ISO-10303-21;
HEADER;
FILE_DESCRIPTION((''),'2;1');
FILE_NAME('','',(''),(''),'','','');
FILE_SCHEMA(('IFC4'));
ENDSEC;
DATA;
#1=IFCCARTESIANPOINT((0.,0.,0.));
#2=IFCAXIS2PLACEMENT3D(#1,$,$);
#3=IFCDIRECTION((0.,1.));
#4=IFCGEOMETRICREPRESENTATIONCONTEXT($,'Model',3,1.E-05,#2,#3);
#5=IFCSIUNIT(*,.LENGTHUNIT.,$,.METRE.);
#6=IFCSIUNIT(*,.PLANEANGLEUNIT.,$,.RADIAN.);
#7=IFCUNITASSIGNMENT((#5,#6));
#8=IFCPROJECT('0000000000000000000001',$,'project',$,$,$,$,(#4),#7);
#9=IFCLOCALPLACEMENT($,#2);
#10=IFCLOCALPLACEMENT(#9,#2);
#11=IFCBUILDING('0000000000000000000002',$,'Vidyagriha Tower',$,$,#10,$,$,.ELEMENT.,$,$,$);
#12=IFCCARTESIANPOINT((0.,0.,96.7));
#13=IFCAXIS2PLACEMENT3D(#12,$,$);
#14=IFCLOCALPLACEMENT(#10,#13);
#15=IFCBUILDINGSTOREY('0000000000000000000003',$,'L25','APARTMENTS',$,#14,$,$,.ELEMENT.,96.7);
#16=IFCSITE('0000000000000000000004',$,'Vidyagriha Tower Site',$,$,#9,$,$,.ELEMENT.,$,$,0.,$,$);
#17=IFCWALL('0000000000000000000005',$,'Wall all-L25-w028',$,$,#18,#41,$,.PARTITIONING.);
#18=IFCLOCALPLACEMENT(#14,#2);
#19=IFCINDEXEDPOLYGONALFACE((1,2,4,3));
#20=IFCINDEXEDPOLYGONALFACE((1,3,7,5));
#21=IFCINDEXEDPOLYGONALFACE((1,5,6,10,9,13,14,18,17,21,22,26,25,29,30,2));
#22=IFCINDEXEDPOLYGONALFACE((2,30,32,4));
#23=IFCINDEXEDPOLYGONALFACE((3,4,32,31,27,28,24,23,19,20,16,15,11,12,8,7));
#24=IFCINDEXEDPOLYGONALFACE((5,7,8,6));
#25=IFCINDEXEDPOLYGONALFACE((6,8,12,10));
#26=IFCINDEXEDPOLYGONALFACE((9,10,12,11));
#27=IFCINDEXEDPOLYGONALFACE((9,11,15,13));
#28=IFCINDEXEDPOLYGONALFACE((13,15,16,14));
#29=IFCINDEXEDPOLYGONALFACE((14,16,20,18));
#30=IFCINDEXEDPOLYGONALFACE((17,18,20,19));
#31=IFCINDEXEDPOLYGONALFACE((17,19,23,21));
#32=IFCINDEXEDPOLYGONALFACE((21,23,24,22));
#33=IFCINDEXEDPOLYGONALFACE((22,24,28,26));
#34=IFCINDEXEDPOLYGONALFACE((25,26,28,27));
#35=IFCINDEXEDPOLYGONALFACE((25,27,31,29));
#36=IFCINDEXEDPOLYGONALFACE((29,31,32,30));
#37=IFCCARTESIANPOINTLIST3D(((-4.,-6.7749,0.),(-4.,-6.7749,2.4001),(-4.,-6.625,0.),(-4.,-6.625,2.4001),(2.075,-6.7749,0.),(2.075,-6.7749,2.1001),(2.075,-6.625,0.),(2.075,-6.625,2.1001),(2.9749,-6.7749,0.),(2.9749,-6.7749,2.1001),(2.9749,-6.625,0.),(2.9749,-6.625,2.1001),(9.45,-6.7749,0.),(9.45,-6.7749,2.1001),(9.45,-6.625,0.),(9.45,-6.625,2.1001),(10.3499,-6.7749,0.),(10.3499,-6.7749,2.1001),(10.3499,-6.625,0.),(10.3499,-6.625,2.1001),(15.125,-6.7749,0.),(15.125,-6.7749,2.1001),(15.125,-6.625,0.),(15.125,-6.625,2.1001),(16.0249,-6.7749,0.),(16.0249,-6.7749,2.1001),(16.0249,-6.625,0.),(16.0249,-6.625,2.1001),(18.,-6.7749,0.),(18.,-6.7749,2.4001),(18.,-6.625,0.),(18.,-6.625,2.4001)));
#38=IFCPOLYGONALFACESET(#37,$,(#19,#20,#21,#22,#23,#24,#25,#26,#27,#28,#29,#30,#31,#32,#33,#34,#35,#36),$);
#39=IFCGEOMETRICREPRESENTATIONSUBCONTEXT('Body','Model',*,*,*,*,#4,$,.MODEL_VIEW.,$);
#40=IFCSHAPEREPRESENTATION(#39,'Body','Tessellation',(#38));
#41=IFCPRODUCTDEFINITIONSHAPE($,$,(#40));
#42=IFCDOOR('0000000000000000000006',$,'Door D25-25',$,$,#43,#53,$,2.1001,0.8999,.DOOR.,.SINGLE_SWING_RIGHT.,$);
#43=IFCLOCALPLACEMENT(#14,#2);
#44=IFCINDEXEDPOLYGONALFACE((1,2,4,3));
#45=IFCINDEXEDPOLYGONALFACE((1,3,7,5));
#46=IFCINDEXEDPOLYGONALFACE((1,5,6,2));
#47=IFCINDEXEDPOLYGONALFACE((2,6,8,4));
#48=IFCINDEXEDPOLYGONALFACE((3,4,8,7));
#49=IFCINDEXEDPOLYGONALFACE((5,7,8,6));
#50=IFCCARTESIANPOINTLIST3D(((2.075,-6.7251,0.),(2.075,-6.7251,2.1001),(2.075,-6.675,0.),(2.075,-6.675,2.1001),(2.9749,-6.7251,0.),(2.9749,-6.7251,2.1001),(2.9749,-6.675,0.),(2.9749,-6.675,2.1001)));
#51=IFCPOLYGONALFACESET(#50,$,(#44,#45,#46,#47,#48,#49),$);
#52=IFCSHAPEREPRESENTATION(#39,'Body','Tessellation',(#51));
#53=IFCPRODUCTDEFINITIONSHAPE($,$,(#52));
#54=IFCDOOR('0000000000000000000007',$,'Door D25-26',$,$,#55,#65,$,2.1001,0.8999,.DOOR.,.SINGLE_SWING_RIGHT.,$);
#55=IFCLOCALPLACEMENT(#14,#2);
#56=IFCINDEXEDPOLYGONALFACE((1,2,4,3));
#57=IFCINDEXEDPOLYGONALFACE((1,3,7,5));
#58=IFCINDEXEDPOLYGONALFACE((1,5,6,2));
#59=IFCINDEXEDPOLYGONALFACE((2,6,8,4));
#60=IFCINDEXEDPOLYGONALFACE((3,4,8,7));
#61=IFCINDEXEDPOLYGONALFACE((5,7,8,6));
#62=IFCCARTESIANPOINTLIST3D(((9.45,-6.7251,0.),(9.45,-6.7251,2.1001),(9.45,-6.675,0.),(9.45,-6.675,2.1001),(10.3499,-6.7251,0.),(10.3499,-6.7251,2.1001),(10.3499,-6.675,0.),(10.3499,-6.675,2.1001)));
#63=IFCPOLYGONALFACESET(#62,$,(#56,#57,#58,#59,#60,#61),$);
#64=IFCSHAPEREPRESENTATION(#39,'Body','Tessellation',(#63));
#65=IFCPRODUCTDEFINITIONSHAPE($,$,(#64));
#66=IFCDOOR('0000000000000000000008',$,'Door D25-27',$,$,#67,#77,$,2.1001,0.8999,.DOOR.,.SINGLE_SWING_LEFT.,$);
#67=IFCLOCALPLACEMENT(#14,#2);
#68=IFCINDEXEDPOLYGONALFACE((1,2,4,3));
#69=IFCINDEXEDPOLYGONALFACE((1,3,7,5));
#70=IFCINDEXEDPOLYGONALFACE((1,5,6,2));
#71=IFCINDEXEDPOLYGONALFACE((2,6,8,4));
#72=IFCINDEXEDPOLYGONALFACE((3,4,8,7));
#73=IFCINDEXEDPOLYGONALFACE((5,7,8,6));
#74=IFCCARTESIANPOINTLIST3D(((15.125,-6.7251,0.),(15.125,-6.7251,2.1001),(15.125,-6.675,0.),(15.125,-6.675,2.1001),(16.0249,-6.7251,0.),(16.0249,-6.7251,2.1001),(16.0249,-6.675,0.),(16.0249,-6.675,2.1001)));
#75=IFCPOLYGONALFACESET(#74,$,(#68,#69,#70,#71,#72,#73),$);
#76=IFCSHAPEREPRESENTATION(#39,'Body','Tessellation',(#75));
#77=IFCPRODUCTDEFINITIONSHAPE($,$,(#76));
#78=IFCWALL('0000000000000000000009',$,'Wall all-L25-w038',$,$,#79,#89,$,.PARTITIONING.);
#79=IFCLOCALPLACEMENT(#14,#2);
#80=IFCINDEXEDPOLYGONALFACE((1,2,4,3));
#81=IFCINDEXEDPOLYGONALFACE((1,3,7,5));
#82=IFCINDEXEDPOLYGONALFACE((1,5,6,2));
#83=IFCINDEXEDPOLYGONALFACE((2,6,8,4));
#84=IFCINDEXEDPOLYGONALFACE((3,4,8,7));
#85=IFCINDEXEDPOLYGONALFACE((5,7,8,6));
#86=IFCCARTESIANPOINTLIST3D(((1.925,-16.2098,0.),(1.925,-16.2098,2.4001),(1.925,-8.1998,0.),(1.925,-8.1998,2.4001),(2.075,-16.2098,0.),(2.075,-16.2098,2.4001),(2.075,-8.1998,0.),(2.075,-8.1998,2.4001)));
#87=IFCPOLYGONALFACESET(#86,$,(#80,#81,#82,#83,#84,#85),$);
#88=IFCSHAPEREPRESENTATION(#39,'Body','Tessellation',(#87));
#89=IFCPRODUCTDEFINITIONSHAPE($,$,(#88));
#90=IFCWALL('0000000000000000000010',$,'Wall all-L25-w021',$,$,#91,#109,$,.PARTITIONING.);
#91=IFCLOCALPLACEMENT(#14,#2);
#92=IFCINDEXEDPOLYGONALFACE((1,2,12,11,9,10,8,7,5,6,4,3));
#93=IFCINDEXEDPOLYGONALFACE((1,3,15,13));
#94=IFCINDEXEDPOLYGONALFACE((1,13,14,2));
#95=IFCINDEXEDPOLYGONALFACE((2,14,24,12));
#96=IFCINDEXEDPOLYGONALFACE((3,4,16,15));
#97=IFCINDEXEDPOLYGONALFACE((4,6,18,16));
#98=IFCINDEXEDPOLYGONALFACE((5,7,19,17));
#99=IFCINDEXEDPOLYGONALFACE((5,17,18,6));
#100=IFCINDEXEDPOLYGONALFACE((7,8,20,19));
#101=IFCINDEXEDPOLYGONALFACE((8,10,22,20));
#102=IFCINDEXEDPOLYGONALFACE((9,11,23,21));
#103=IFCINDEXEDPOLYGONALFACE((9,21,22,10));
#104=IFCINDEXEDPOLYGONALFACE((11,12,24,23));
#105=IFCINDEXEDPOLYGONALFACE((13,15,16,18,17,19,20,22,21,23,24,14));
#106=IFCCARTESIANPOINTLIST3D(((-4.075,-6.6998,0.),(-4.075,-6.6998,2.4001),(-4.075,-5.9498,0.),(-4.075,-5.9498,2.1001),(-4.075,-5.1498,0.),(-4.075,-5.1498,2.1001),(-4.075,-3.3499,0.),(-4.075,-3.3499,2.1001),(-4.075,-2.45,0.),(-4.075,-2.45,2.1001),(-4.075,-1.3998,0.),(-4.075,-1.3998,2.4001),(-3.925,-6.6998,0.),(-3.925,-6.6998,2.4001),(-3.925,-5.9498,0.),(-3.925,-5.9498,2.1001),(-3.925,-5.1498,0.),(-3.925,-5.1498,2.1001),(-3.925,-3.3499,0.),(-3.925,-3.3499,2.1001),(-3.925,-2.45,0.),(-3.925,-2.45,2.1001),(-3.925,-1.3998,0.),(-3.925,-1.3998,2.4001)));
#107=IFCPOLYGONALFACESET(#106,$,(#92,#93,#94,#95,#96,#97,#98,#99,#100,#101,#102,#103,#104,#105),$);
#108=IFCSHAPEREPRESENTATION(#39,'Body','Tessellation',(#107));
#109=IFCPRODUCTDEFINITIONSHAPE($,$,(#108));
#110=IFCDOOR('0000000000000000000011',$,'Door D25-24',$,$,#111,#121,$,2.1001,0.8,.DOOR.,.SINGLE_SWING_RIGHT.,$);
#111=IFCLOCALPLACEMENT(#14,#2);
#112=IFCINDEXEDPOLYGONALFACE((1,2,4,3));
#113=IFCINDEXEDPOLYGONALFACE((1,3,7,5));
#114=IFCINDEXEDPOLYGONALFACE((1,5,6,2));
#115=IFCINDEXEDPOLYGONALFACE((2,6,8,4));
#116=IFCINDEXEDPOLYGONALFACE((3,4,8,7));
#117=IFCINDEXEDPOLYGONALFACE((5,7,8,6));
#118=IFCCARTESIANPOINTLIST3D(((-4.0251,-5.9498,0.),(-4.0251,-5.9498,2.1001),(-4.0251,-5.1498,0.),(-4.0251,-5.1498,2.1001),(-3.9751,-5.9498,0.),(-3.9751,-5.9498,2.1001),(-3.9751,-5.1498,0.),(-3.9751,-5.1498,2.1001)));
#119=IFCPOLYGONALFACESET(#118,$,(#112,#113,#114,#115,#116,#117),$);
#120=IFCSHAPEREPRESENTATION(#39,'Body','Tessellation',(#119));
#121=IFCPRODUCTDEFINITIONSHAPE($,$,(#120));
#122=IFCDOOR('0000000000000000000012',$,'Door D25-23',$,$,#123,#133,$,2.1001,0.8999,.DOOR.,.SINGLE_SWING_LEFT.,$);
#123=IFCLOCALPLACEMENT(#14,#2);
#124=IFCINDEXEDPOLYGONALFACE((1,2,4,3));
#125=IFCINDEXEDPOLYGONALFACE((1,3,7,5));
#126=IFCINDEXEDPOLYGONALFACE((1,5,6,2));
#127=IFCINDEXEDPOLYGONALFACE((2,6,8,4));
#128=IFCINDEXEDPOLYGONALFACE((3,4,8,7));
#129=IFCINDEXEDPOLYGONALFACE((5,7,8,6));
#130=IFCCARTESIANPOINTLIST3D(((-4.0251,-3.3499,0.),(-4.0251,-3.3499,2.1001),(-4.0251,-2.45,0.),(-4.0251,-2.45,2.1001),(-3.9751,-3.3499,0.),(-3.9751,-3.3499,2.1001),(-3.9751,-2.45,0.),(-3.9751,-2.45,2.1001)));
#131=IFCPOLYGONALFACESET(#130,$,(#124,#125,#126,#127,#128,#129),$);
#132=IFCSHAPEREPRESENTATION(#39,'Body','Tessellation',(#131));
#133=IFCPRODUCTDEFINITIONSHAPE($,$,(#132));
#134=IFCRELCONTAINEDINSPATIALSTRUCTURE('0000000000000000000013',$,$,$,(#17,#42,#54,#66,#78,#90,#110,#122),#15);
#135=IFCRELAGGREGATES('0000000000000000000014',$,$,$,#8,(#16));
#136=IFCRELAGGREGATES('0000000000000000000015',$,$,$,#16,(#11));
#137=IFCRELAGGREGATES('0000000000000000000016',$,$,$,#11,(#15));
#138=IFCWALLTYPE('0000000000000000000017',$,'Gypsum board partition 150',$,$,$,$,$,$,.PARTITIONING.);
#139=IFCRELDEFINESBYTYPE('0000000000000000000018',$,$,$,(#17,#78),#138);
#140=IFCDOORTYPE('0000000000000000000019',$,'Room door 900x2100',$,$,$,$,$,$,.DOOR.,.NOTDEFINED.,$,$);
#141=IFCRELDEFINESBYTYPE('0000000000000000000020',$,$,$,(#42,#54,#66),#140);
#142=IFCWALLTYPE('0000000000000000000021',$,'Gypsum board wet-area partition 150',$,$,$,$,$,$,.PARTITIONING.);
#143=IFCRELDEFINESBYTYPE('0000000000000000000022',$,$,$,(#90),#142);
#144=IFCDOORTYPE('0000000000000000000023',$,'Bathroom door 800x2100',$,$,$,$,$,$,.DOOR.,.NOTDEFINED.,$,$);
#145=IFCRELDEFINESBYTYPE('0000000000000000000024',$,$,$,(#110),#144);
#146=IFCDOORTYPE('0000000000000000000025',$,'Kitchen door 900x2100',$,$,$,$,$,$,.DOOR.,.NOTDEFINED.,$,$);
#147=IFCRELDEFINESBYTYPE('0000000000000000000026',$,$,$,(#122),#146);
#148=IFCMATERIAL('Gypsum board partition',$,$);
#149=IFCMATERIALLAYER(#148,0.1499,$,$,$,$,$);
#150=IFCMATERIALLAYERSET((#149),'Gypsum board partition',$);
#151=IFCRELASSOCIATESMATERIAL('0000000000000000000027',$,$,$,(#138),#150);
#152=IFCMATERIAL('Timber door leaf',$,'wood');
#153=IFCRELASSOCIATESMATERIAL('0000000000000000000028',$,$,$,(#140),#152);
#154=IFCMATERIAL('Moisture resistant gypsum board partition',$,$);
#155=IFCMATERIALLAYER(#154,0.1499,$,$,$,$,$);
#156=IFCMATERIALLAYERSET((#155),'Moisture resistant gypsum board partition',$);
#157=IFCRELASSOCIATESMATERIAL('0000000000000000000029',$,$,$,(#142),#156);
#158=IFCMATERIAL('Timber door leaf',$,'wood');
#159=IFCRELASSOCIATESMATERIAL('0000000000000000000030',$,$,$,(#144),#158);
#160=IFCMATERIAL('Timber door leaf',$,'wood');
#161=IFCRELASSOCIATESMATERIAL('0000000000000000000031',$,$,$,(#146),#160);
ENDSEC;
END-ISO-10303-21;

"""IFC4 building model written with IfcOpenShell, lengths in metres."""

from ifc_helpers import new_model, si_unit, direction, frame, frame_2d, origin, place, context, subcontext, project, spatial, rectangle, extrude, material, layer, layer_set, type_object, element, fill, save


model = new_model("IFC4")

# Units and contexts
model_context = context("Model", 3, precision=1e-05, world=origin(), true_north=direction((0.0, 1.0)))
body_context = subcontext(model_context, "Body", "Model", "MODEL_VIEW")
ifc_project = project(units=[si_unit("LENGTHUNIT", "METRE"), si_unit("PLANEANGLEUNIT", "RADIAN")], contexts=[model_context])

# Site, building, storey
site_placement = place(None, origin())
site = spatial("IfcSite", under=ifc_project, at=site_placement, Name="Vidyagriha Tower Site", CompositionType="ELEMENT", RefElevation=0.0)
building_placement = place(site_placement, origin())
building = spatial("IfcBuilding", under=site, at=building_placement, Name="Vidyagriha Tower", CompositionType="ELEMENT")
storey_placement = place(building_placement, frame((0.0, 0.0, 96.7)))
storey = spatial("IfcBuildingStorey", under=building, at=storey_placement, Name="L25", Description="APARTMENTS", CompositionType="ELEMENT", Elevation=96.7)

# Shared definitions
ifc_material_1 = material(Name="Gypsum board partition")
ifc_layer_1 = layer(ifc_material_1, 0.1499)
ifc_layer_set_1 = layer_set([ifc_layer_1], Name="Gypsum board partition")
wall_type_1 = type_object("IfcWallType", Name="Gypsum board partition 150", PredefinedType="PARTITIONING", material=ifc_layer_set_1)

# Wall, openings, doors
wall_1_placement = place(storey_placement, frame((-4.0, -6.7, 0.0)))
wall_1 = element("IfcWall", 1, at=wall_1_placement, inside=storey, type_object=wall_type_1, Name="Wall all-L25-w028", PredefinedType="PARTITIONING", context=body_context, shape_type="SweptSolid", body=[
    extrude(rectangle(XDim=22.0, YDim=0.1499, at=frame_2d((11.0, 0.0))), origin(), (0.0, 0.0, 1.0), 2.4001),
])
opening_1_placement = place(wall_1_placement, frame((6.075, 0.0, 0.0)))
opening_1 = element("IfcOpeningElement", 2, at=opening_1_placement, cuts=wall_1, PredefinedType="OPENING", context=body_context, shape_type="SweptSolid", body=[
    extrude(rectangle(XDim=0.8999, YDim=2.1001, at=frame_2d((0.45, 1.05))), frame((0.0, 0.085, 0.0), z_axis=(0.0, -1.0, 0.0), x_axis=(1.0, 0.0, 0.0)), (0.0, 0.0, 1.0), 0.1699),
])
opening_2_placement = place(wall_1_placement, frame((13.45, 0.0, 0.0)))
opening_2 = element("IfcOpeningElement", 3, at=opening_2_placement, cuts=wall_1, PredefinedType="OPENING", context=body_context, shape_type="SweptSolid", body=[
    extrude(rectangle(XDim=0.8999, YDim=2.1001, at=frame_2d((0.45, 1.05))), frame((0.0, 0.085, 0.0), z_axis=(0.0, -1.0, 0.0), x_axis=(1.0, 0.0, 0.0)), (0.0, 0.0, 1.0), 0.1699),
])
opening_3_placement = place(wall_1_placement, frame((19.125, 0.0, 0.0)))
opening_3 = element("IfcOpeningElement", 4, at=opening_3_placement, cuts=wall_1, PredefinedType="OPENING", context=body_context, shape_type="SweptSolid", body=[
    extrude(rectangle(XDim=0.8999, YDim=2.1001, at=frame_2d((0.45, 1.05))), frame((0.0, 0.085, 0.0), z_axis=(0.0, -1.0, 0.0), x_axis=(1.0, 0.0, 0.0)), (0.0, 0.0, 1.0), 0.1699),
])
ifc_material_2 = material(Name="Timber door leaf", Category="wood")
door_type_1 = type_object("IfcDoorType", Name="Room door 900x2100", OperationType="NOTDEFINED", PredefinedType="DOOR", material=ifc_material_2)
door_1_placement = place(opening_1_placement, origin())
door_1 = element("IfcDoor", 5, at=door_1_placement, inside=storey, type_object=door_type_1, Name="Door D25-25", OperationType="SINGLE_SWING_RIGHT", OverallHeight=2.1001, OverallWidth=0.8999, PredefinedType="DOOR", context=body_context, shape_type="SweptSolid", body=[
    extrude(rectangle(XDim=0.8999, YDim=2.1001, at=frame_2d((0.45, 1.05))), frame((0.0, 0.0249, 0.0), z_axis=(0.0, -1.0, 0.0), x_axis=(1.0, 0.0, 0.0)), (0.0, 0.0, 1.0), 0.05),
])
fill(opening_1, door_1)
door_2_placement = place(opening_2_placement, origin())
door_2 = element("IfcDoor", 6, at=door_2_placement, inside=storey, type_object=door_type_1, Name="Door D25-26", OperationType="SINGLE_SWING_RIGHT", OverallHeight=2.1001, OverallWidth=0.8999, PredefinedType="DOOR", context=body_context, shape_type="SweptSolid", body=[
    extrude(rectangle(XDim=0.8999, YDim=2.1001, at=frame_2d((0.45, 1.05))), frame((0.0, 0.0249, 0.0), z_axis=(0.0, -1.0, 0.0), x_axis=(1.0, 0.0, 0.0)), (0.0, 0.0, 1.0), 0.05),
])
fill(opening_2, door_2)
door_3_placement = place(opening_3_placement, origin())
door_3 = element("IfcDoor", 7, at=door_3_placement, inside=storey, type_object=door_type_1, Name="Door D25-27", OperationType="SINGLE_SWING_LEFT", OverallHeight=2.1001, OverallWidth=0.8999, PredefinedType="DOOR", context=body_context, shape_type="SweptSolid", body=[
    extrude(rectangle(XDim=0.8999, YDim=2.1001, at=frame_2d((0.45, 1.05))), frame((0.0, 0.0249, 0.0), z_axis=(0.0, -1.0, 0.0), x_axis=(1.0, 0.0, 0.0)), (0.0, 0.0, 1.0), 0.05),
])
fill(opening_3, door_3)

# Wall
wall_2_placement = place(storey_placement, frame((2.0, -8.2, 0.0), z_axis=(0.0, 0.0, 1.0), x_axis=(0.0, -1.0, 0.0)))
element("IfcWall", 8, at=wall_2_placement, inside=storey, type_object=wall_type_1, Name="Wall all-L25-w038", PredefinedType="PARTITIONING", context=body_context, shape_type="SweptSolid", body=[
    extrude(rectangle(XDim=8.01, YDim=0.1499, at=frame_2d((4.0049, 0.0))), origin(), (0.0, 0.0, 1.0), 2.4001),
])

# Wall, openings, doors
ifc_material_3 = material(Name="Moisture resistant gypsum board partition")
ifc_layer_2 = layer(ifc_material_3, 0.1499)
ifc_layer_set_2 = layer_set([ifc_layer_2], Name="Moisture resistant gypsum board partition")
wall_type_2 = type_object("IfcWallType", Name="Gypsum board wet-area partition 150", PredefinedType="PARTITIONING", material=ifc_layer_set_2)
wall_3_placement = place(storey_placement, frame((-4.0, -1.3999, 0.0), z_axis=(0.0, 0.0, 1.0), x_axis=(0.0, -1.0, 0.0)))
wall_3 = element("IfcWall", 9, at=wall_3_placement, inside=storey, type_object=wall_type_2, Name="Wall all-L25-w021", PredefinedType="PARTITIONING", context=body_context, shape_type="SweptSolid", body=[
    extrude(rectangle(XDim=5.3, YDim=0.1499, at=frame_2d((2.6499, 0.0))), origin(), (0.0, 0.0, 1.0), 2.4001),
])
opening_4_placement = place(wall_3_placement, frame((1.05, 0.0, 0.0)))
opening_4 = element("IfcOpeningElement", 10, at=opening_4_placement, cuts=wall_3, PredefinedType="OPENING", context=body_context, shape_type="SweptSolid", body=[
    extrude(rectangle(XDim=0.8999, YDim=2.1001, at=frame_2d((0.45, 1.05))), frame((0.0, 0.085, 0.0), z_axis=(0.0, -1.0, 0.0), x_axis=(1.0, 0.0, 0.0)), (0.0, 0.0, 1.0), 0.1699),
])
opening_5_placement = place(wall_3_placement, frame((3.75, 0.0, 0.0)))
opening_5 = element("IfcOpeningElement", 11, at=opening_5_placement, cuts=wall_3, PredefinedType="OPENING", context=body_context, shape_type="SweptSolid", body=[
    extrude(rectangle(XDim=0.8, YDim=2.1001, at=frame_2d((0.3999, 1.05))), frame((0.0, 0.085, 0.0), z_axis=(0.0, -1.0, 0.0), x_axis=(1.0, 0.0, 0.0)), (0.0, 0.0, 1.0), 0.1699),
])
ifc_material_4 = material(Name="Timber door leaf", Category="wood")
door_type_2 = type_object("IfcDoorType", Name="Bathroom door 800x2100", OperationType="NOTDEFINED", PredefinedType="DOOR", material=ifc_material_4)
door_4_placement = place(opening_5_placement, origin())
door_4 = element("IfcDoor", 12, at=door_4_placement, inside=storey, type_object=door_type_2, Name="Door D25-24", OperationType="SINGLE_SWING_RIGHT", OverallHeight=2.1001, OverallWidth=0.8, PredefinedType="DOOR", context=body_context, shape_type="SweptSolid", body=[
    extrude(rectangle(XDim=0.8, YDim=2.1001, at=frame_2d((0.3999, 1.05))), frame((0.0, 0.0249, 0.0), z_axis=(0.0, -1.0, 0.0), x_axis=(1.0, 0.0, 0.0)), (0.0, 0.0, 1.0), 0.05),
])
fill(opening_5, door_4)
ifc_material_5 = material(Name="Timber door leaf", Category="wood")
door_type_3 = type_object("IfcDoorType", Name="Kitchen door 900x2100", OperationType="NOTDEFINED", PredefinedType="DOOR", material=ifc_material_5)
door_5_placement = place(opening_4_placement, origin())
door_5 = element("IfcDoor", 13, at=door_5_placement, inside=storey, type_object=door_type_3, Name="Door D25-23", OperationType="SINGLE_SWING_LEFT", OverallHeight=2.1001, OverallWidth=0.8999, PredefinedType="DOOR", context=body_context, shape_type="SweptSolid", body=[
    extrude(rectangle(XDim=0.8999, YDim=2.1001, at=frame_2d((0.45, 1.05))), frame((0.0, 0.0249, 0.0), z_axis=(0.0, -1.0, 0.0), x_axis=(1.0, 0.0, 0.0)), (0.0, 0.0, 1.0), 0.05),
])
fill(opening_4, door_5)

save(model, "model.ifc")
